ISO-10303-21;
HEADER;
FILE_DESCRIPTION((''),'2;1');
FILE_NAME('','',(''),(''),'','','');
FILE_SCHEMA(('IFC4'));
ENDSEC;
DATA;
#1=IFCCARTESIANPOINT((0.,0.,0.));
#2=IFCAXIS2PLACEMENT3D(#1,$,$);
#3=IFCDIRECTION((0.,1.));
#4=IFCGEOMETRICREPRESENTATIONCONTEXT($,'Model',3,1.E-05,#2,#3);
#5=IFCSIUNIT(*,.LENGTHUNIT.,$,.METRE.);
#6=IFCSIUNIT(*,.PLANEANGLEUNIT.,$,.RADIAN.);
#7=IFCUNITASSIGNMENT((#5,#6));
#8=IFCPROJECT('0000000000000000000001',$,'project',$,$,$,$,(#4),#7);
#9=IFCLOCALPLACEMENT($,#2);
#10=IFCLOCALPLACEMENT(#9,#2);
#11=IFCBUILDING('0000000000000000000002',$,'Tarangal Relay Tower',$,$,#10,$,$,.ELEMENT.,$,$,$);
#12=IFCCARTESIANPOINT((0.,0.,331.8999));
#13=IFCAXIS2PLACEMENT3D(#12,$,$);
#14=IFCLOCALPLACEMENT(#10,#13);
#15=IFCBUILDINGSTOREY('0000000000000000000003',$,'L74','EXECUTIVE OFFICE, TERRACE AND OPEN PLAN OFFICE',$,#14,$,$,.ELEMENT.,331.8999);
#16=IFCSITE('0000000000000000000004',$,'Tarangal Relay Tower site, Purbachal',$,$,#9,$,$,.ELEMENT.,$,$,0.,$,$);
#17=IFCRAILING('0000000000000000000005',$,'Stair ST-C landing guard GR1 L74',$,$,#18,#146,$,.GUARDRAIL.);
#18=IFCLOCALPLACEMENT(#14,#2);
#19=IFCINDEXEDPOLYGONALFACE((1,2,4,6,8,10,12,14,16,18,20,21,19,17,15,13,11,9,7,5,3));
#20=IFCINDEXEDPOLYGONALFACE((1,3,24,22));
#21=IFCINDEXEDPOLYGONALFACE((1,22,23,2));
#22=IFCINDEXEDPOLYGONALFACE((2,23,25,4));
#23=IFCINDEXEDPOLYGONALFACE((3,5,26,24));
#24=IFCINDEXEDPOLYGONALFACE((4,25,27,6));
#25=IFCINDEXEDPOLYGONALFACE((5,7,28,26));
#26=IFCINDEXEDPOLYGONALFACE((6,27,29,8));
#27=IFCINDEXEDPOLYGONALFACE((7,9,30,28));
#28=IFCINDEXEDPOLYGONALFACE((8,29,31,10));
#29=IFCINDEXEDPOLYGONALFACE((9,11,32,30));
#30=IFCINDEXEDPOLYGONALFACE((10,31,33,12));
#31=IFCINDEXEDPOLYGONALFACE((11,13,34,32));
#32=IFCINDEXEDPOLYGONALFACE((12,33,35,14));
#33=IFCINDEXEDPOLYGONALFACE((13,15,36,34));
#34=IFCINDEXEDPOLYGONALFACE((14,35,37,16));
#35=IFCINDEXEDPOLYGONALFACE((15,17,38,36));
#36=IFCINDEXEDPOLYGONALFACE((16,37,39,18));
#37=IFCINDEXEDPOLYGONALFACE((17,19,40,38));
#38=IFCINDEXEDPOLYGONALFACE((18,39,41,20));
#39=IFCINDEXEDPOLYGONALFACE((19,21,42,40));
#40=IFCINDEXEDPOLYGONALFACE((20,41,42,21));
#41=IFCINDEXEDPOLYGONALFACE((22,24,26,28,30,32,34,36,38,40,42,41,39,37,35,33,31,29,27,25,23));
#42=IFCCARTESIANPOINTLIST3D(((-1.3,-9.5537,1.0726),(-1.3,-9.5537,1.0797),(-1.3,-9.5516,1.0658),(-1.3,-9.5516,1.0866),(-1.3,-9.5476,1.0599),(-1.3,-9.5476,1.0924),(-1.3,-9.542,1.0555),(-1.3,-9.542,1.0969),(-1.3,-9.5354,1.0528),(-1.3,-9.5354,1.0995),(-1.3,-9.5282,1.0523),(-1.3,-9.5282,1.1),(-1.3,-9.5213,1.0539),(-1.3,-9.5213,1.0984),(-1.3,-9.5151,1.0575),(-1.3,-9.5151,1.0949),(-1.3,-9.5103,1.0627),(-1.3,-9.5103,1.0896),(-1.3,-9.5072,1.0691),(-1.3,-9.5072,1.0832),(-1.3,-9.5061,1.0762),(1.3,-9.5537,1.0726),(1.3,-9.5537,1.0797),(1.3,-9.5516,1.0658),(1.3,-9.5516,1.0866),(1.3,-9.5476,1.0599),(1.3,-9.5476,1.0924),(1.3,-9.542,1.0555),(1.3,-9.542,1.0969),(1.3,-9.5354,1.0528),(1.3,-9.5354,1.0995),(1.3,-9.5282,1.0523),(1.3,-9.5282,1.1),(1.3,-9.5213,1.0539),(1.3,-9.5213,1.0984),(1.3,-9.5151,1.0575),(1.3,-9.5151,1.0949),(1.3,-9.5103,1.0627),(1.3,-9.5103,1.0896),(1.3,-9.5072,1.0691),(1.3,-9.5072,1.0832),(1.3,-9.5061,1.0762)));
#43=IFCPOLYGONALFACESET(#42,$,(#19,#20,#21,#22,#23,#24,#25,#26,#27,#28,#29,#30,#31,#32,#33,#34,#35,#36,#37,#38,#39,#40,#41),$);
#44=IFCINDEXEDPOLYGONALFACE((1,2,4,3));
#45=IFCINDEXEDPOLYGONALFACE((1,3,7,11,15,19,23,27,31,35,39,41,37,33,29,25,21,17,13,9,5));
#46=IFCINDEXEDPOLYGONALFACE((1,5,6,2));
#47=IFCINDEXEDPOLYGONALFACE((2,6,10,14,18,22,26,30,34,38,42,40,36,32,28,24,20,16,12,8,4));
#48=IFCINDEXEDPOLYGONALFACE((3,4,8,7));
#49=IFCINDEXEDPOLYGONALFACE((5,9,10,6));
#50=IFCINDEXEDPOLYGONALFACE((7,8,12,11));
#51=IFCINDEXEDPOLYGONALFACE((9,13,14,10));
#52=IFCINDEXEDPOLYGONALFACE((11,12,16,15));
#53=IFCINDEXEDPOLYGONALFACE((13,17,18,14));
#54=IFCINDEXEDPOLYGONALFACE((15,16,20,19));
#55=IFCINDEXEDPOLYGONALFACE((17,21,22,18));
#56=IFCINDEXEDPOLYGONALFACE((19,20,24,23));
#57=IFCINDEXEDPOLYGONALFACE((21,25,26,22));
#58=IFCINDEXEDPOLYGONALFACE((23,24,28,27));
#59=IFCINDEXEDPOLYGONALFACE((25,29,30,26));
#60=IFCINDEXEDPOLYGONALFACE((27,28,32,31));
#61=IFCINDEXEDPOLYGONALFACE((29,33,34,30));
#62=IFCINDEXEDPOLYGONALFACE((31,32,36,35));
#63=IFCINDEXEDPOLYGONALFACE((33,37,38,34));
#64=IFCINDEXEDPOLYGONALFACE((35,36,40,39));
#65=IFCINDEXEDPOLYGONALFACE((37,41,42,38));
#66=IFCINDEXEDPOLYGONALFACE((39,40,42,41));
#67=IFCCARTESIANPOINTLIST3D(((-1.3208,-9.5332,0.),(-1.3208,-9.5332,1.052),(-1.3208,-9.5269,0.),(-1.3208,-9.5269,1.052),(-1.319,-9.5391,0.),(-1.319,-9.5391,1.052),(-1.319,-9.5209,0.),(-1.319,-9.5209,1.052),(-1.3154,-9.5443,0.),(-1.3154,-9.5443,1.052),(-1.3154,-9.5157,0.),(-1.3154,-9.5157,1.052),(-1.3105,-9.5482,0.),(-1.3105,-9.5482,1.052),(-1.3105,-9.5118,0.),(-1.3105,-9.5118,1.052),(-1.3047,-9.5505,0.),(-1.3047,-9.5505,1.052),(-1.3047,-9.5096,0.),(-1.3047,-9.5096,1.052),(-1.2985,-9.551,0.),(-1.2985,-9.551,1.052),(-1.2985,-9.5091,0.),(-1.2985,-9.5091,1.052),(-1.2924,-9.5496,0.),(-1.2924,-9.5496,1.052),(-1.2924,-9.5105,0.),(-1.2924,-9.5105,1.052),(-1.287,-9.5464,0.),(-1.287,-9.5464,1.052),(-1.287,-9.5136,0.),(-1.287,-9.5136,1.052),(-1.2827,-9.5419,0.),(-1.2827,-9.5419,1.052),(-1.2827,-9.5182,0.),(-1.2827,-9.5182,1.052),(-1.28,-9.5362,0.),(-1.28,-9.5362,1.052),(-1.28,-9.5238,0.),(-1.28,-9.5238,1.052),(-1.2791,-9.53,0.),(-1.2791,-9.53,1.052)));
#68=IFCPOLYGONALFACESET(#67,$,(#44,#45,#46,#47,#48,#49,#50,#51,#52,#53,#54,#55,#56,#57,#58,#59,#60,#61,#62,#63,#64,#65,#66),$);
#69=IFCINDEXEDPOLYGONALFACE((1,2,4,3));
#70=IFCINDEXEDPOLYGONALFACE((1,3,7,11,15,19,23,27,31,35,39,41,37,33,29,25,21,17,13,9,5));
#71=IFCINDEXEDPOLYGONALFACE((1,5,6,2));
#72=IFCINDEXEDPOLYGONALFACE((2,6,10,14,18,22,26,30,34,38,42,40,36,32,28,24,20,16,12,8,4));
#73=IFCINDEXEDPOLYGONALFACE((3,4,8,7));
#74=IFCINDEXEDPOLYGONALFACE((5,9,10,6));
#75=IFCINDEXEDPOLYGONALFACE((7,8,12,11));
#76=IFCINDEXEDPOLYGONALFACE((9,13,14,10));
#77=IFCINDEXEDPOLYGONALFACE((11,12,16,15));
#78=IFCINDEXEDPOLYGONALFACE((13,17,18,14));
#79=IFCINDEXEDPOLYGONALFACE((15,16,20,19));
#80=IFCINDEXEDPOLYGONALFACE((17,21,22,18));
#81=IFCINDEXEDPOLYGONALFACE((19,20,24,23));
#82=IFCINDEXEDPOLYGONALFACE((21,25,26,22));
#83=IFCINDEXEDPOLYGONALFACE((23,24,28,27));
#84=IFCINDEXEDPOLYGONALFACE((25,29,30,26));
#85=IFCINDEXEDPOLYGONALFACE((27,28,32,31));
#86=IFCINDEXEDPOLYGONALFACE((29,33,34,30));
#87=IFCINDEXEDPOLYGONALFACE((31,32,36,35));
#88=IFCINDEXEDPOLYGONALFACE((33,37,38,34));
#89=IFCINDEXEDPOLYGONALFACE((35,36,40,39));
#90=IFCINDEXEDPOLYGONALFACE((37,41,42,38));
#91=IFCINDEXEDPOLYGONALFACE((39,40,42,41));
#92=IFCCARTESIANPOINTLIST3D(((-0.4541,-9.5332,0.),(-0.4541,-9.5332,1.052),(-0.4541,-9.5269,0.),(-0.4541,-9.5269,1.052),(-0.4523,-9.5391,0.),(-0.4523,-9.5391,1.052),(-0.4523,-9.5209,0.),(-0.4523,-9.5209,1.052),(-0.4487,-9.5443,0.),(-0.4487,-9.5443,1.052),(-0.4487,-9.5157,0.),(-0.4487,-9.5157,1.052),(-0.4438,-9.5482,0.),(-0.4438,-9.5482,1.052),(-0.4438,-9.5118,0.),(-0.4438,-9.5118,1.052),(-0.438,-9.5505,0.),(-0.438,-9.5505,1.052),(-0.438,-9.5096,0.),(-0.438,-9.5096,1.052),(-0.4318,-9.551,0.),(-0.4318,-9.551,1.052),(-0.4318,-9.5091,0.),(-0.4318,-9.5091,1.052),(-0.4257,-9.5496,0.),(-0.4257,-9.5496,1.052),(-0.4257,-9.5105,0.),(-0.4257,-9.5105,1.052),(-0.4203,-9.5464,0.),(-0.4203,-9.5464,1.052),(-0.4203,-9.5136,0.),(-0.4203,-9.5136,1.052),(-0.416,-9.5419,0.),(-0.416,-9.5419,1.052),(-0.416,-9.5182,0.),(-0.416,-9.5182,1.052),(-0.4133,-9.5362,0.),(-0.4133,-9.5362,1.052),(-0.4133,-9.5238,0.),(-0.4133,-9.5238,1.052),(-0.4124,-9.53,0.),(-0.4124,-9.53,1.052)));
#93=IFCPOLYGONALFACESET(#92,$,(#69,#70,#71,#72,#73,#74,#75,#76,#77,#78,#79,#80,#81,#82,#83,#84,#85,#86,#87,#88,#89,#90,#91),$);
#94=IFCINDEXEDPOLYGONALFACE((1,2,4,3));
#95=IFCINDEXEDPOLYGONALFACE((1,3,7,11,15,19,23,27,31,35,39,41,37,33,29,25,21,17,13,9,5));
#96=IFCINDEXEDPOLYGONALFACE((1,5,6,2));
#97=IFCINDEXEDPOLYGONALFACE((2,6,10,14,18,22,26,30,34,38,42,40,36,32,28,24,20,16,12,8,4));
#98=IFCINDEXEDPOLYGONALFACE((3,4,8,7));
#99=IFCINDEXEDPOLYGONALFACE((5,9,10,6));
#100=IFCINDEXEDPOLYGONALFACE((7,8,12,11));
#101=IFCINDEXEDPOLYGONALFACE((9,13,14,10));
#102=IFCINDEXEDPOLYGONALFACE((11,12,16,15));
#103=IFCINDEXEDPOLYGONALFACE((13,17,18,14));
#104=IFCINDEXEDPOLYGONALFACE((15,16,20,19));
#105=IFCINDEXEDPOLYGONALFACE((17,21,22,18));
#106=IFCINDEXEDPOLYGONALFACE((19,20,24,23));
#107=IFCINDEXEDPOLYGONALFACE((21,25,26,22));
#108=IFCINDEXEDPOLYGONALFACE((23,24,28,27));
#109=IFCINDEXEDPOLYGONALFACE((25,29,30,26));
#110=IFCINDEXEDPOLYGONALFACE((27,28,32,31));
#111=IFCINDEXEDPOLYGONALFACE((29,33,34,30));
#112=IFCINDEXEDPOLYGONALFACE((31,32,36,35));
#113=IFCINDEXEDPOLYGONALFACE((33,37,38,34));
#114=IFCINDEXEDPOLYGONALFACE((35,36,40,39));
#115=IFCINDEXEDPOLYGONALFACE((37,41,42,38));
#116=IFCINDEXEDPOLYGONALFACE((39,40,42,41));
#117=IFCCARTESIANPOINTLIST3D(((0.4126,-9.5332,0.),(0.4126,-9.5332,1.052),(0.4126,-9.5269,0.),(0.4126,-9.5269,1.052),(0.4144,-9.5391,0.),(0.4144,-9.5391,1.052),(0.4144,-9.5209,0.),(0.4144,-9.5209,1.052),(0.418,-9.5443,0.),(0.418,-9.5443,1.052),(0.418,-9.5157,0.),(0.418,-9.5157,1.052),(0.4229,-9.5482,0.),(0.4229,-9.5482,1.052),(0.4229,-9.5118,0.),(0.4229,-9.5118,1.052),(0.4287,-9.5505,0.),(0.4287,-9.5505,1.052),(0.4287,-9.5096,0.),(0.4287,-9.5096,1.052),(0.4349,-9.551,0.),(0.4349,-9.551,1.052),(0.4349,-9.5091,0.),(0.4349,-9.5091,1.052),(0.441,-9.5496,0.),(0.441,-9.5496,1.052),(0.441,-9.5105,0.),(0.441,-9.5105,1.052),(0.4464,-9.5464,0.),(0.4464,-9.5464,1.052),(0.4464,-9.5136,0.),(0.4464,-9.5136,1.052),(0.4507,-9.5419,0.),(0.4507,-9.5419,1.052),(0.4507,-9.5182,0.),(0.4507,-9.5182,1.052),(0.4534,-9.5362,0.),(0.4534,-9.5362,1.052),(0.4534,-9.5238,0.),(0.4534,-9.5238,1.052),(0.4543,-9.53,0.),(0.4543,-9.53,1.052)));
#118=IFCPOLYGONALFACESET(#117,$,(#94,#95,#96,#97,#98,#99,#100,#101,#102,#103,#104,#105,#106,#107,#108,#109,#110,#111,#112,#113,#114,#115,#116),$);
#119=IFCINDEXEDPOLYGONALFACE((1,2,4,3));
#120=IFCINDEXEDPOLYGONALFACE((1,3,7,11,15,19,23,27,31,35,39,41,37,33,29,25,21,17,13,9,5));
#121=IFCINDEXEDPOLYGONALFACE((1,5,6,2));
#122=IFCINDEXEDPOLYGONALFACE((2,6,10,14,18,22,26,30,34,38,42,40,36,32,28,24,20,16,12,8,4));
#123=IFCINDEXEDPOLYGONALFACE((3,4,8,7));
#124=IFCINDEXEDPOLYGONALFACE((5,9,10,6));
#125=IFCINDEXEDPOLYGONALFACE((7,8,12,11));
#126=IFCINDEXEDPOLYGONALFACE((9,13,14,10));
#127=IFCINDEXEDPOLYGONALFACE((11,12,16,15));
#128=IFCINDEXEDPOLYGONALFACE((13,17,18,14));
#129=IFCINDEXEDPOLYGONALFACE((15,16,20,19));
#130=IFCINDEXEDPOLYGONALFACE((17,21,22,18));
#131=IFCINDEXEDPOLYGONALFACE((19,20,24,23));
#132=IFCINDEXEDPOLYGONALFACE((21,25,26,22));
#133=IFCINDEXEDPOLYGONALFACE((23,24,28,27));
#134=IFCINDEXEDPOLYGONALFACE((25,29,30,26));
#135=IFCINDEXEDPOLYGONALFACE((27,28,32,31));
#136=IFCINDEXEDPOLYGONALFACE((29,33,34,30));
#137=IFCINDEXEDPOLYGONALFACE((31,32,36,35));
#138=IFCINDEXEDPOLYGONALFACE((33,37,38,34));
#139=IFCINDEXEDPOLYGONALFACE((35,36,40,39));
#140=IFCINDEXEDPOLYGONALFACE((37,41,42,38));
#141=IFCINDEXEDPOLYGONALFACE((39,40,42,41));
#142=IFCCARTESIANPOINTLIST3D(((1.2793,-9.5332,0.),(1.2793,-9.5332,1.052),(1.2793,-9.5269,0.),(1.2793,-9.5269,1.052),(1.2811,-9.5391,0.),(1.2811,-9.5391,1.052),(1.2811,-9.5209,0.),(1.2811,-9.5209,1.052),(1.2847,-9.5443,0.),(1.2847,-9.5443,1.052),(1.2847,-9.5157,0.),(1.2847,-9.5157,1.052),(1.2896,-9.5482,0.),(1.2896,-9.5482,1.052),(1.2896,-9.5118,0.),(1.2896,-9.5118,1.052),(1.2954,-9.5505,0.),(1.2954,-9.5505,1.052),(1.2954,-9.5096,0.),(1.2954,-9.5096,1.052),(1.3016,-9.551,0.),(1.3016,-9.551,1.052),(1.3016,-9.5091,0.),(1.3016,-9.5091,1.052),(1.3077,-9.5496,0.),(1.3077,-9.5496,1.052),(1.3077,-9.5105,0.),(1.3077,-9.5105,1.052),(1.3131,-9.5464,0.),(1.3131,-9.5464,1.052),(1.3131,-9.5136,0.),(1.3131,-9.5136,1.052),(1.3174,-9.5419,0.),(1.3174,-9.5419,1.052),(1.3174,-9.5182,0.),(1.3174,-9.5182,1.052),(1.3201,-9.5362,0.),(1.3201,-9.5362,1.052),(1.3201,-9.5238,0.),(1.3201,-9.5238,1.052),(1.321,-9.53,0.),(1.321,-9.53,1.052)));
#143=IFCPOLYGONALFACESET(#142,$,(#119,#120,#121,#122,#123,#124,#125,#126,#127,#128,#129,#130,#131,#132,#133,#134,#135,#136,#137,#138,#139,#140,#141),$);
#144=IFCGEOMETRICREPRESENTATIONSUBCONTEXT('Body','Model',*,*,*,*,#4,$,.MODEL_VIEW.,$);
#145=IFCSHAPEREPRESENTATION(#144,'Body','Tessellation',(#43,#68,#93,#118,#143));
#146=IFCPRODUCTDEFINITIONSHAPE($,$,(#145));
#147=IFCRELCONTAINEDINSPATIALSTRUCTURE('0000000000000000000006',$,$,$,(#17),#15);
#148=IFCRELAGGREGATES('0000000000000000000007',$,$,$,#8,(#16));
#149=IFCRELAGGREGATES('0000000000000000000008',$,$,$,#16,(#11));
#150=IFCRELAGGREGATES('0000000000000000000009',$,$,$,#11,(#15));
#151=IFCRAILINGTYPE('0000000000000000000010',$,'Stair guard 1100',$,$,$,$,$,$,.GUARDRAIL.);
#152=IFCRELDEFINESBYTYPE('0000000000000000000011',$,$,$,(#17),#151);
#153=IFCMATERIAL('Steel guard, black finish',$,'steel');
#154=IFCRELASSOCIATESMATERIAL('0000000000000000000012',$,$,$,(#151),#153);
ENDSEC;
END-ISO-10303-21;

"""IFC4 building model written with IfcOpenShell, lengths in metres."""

from ifc_helpers import new_model, si_unit, direction, frame, origin, origin_2d, place, context, subcontext, project, spatial, circle, extrude, material, type_object, element, save


model = new_model("IFC4")

# Units and contexts
model_context = context("Model", 3, precision=1e-05, world=origin(), true_north=direction((0.0, 1.0)))
body_context = subcontext(model_context, "Body", "Model", "MODEL_VIEW")
ifc_project = project(units=[si_unit("LENGTHUNIT", "METRE"), si_unit("PLANEANGLEUNIT", "RADIAN")], contexts=[model_context])

# Site, building, storey
site_placement = place(None, origin())
site = spatial("IfcSite", under=ifc_project, at=site_placement, Name="Tarangal Relay Tower site, Purbachal", CompositionType="ELEMENT", RefElevation=0.0)
building_placement = place(site_placement, origin())
building = spatial("IfcBuilding", under=site, at=building_placement, Name="Tarangal Relay Tower", CompositionType="ELEMENT")
storey_placement = place(building_placement, frame((0.0, 0.0, 331.8999)))
storey = spatial("IfcBuildingStorey", under=building, at=storey_placement, Name="L74", Description="EXECUTIVE OFFICE, TERRACE AND OPEN PLAN OFFICE", CompositionType="ELEMENT", Elevation=331.8999)

# Railing
ifc_material_1 = material(Name="Steel guard, black finish", Category="steel")
railing_type_1 = type_object("IfcRailingType", Name="Stair guard 1100", PredefinedType="GUARDRAIL", material=ifc_material_1)
railing_1_placement = place(storey_placement, frame((-1.3, -9.53, 0.0)))
element("IfcRailing", 1, at=railing_1_placement, inside=storey, type_object=railing_type_1, Name="Stair ST-C landing guard GR1 L74", PredefinedType="GUARDRAIL", context=body_context, shape_type="SweptSolid", body=[
    extrude(circle(Radius=0.0239, at=origin_2d()), frame((0.0, 0.0, 1.0762), z_axis=(1.0, 0.0, 0.0), x_axis=(0.0, 1.0, 0.0)), (0.0, 0.0, 1.0), 2.6001),
    extrude(circle(Radius=0.021, at=origin_2d()), origin(), (0.0, 0.0, 1.0), 1.052),
    extrude(circle(Radius=0.021, at=origin_2d()), frame((0.8667, 0.0, 0.0)), (0.0, 0.0, 1.0), 1.052),
    extrude(circle(Radius=0.021, at=origin_2d()), frame((1.7334, 0.0, 0.0)), (0.0, 0.0, 1.0), 1.052),
    extrude(circle(Radius=0.021, at=origin_2d()), frame((2.6001, 0.0, 0.0)), (0.0, 0.0, 1.0), 1.052),
])

save(model, "model.ifc")
